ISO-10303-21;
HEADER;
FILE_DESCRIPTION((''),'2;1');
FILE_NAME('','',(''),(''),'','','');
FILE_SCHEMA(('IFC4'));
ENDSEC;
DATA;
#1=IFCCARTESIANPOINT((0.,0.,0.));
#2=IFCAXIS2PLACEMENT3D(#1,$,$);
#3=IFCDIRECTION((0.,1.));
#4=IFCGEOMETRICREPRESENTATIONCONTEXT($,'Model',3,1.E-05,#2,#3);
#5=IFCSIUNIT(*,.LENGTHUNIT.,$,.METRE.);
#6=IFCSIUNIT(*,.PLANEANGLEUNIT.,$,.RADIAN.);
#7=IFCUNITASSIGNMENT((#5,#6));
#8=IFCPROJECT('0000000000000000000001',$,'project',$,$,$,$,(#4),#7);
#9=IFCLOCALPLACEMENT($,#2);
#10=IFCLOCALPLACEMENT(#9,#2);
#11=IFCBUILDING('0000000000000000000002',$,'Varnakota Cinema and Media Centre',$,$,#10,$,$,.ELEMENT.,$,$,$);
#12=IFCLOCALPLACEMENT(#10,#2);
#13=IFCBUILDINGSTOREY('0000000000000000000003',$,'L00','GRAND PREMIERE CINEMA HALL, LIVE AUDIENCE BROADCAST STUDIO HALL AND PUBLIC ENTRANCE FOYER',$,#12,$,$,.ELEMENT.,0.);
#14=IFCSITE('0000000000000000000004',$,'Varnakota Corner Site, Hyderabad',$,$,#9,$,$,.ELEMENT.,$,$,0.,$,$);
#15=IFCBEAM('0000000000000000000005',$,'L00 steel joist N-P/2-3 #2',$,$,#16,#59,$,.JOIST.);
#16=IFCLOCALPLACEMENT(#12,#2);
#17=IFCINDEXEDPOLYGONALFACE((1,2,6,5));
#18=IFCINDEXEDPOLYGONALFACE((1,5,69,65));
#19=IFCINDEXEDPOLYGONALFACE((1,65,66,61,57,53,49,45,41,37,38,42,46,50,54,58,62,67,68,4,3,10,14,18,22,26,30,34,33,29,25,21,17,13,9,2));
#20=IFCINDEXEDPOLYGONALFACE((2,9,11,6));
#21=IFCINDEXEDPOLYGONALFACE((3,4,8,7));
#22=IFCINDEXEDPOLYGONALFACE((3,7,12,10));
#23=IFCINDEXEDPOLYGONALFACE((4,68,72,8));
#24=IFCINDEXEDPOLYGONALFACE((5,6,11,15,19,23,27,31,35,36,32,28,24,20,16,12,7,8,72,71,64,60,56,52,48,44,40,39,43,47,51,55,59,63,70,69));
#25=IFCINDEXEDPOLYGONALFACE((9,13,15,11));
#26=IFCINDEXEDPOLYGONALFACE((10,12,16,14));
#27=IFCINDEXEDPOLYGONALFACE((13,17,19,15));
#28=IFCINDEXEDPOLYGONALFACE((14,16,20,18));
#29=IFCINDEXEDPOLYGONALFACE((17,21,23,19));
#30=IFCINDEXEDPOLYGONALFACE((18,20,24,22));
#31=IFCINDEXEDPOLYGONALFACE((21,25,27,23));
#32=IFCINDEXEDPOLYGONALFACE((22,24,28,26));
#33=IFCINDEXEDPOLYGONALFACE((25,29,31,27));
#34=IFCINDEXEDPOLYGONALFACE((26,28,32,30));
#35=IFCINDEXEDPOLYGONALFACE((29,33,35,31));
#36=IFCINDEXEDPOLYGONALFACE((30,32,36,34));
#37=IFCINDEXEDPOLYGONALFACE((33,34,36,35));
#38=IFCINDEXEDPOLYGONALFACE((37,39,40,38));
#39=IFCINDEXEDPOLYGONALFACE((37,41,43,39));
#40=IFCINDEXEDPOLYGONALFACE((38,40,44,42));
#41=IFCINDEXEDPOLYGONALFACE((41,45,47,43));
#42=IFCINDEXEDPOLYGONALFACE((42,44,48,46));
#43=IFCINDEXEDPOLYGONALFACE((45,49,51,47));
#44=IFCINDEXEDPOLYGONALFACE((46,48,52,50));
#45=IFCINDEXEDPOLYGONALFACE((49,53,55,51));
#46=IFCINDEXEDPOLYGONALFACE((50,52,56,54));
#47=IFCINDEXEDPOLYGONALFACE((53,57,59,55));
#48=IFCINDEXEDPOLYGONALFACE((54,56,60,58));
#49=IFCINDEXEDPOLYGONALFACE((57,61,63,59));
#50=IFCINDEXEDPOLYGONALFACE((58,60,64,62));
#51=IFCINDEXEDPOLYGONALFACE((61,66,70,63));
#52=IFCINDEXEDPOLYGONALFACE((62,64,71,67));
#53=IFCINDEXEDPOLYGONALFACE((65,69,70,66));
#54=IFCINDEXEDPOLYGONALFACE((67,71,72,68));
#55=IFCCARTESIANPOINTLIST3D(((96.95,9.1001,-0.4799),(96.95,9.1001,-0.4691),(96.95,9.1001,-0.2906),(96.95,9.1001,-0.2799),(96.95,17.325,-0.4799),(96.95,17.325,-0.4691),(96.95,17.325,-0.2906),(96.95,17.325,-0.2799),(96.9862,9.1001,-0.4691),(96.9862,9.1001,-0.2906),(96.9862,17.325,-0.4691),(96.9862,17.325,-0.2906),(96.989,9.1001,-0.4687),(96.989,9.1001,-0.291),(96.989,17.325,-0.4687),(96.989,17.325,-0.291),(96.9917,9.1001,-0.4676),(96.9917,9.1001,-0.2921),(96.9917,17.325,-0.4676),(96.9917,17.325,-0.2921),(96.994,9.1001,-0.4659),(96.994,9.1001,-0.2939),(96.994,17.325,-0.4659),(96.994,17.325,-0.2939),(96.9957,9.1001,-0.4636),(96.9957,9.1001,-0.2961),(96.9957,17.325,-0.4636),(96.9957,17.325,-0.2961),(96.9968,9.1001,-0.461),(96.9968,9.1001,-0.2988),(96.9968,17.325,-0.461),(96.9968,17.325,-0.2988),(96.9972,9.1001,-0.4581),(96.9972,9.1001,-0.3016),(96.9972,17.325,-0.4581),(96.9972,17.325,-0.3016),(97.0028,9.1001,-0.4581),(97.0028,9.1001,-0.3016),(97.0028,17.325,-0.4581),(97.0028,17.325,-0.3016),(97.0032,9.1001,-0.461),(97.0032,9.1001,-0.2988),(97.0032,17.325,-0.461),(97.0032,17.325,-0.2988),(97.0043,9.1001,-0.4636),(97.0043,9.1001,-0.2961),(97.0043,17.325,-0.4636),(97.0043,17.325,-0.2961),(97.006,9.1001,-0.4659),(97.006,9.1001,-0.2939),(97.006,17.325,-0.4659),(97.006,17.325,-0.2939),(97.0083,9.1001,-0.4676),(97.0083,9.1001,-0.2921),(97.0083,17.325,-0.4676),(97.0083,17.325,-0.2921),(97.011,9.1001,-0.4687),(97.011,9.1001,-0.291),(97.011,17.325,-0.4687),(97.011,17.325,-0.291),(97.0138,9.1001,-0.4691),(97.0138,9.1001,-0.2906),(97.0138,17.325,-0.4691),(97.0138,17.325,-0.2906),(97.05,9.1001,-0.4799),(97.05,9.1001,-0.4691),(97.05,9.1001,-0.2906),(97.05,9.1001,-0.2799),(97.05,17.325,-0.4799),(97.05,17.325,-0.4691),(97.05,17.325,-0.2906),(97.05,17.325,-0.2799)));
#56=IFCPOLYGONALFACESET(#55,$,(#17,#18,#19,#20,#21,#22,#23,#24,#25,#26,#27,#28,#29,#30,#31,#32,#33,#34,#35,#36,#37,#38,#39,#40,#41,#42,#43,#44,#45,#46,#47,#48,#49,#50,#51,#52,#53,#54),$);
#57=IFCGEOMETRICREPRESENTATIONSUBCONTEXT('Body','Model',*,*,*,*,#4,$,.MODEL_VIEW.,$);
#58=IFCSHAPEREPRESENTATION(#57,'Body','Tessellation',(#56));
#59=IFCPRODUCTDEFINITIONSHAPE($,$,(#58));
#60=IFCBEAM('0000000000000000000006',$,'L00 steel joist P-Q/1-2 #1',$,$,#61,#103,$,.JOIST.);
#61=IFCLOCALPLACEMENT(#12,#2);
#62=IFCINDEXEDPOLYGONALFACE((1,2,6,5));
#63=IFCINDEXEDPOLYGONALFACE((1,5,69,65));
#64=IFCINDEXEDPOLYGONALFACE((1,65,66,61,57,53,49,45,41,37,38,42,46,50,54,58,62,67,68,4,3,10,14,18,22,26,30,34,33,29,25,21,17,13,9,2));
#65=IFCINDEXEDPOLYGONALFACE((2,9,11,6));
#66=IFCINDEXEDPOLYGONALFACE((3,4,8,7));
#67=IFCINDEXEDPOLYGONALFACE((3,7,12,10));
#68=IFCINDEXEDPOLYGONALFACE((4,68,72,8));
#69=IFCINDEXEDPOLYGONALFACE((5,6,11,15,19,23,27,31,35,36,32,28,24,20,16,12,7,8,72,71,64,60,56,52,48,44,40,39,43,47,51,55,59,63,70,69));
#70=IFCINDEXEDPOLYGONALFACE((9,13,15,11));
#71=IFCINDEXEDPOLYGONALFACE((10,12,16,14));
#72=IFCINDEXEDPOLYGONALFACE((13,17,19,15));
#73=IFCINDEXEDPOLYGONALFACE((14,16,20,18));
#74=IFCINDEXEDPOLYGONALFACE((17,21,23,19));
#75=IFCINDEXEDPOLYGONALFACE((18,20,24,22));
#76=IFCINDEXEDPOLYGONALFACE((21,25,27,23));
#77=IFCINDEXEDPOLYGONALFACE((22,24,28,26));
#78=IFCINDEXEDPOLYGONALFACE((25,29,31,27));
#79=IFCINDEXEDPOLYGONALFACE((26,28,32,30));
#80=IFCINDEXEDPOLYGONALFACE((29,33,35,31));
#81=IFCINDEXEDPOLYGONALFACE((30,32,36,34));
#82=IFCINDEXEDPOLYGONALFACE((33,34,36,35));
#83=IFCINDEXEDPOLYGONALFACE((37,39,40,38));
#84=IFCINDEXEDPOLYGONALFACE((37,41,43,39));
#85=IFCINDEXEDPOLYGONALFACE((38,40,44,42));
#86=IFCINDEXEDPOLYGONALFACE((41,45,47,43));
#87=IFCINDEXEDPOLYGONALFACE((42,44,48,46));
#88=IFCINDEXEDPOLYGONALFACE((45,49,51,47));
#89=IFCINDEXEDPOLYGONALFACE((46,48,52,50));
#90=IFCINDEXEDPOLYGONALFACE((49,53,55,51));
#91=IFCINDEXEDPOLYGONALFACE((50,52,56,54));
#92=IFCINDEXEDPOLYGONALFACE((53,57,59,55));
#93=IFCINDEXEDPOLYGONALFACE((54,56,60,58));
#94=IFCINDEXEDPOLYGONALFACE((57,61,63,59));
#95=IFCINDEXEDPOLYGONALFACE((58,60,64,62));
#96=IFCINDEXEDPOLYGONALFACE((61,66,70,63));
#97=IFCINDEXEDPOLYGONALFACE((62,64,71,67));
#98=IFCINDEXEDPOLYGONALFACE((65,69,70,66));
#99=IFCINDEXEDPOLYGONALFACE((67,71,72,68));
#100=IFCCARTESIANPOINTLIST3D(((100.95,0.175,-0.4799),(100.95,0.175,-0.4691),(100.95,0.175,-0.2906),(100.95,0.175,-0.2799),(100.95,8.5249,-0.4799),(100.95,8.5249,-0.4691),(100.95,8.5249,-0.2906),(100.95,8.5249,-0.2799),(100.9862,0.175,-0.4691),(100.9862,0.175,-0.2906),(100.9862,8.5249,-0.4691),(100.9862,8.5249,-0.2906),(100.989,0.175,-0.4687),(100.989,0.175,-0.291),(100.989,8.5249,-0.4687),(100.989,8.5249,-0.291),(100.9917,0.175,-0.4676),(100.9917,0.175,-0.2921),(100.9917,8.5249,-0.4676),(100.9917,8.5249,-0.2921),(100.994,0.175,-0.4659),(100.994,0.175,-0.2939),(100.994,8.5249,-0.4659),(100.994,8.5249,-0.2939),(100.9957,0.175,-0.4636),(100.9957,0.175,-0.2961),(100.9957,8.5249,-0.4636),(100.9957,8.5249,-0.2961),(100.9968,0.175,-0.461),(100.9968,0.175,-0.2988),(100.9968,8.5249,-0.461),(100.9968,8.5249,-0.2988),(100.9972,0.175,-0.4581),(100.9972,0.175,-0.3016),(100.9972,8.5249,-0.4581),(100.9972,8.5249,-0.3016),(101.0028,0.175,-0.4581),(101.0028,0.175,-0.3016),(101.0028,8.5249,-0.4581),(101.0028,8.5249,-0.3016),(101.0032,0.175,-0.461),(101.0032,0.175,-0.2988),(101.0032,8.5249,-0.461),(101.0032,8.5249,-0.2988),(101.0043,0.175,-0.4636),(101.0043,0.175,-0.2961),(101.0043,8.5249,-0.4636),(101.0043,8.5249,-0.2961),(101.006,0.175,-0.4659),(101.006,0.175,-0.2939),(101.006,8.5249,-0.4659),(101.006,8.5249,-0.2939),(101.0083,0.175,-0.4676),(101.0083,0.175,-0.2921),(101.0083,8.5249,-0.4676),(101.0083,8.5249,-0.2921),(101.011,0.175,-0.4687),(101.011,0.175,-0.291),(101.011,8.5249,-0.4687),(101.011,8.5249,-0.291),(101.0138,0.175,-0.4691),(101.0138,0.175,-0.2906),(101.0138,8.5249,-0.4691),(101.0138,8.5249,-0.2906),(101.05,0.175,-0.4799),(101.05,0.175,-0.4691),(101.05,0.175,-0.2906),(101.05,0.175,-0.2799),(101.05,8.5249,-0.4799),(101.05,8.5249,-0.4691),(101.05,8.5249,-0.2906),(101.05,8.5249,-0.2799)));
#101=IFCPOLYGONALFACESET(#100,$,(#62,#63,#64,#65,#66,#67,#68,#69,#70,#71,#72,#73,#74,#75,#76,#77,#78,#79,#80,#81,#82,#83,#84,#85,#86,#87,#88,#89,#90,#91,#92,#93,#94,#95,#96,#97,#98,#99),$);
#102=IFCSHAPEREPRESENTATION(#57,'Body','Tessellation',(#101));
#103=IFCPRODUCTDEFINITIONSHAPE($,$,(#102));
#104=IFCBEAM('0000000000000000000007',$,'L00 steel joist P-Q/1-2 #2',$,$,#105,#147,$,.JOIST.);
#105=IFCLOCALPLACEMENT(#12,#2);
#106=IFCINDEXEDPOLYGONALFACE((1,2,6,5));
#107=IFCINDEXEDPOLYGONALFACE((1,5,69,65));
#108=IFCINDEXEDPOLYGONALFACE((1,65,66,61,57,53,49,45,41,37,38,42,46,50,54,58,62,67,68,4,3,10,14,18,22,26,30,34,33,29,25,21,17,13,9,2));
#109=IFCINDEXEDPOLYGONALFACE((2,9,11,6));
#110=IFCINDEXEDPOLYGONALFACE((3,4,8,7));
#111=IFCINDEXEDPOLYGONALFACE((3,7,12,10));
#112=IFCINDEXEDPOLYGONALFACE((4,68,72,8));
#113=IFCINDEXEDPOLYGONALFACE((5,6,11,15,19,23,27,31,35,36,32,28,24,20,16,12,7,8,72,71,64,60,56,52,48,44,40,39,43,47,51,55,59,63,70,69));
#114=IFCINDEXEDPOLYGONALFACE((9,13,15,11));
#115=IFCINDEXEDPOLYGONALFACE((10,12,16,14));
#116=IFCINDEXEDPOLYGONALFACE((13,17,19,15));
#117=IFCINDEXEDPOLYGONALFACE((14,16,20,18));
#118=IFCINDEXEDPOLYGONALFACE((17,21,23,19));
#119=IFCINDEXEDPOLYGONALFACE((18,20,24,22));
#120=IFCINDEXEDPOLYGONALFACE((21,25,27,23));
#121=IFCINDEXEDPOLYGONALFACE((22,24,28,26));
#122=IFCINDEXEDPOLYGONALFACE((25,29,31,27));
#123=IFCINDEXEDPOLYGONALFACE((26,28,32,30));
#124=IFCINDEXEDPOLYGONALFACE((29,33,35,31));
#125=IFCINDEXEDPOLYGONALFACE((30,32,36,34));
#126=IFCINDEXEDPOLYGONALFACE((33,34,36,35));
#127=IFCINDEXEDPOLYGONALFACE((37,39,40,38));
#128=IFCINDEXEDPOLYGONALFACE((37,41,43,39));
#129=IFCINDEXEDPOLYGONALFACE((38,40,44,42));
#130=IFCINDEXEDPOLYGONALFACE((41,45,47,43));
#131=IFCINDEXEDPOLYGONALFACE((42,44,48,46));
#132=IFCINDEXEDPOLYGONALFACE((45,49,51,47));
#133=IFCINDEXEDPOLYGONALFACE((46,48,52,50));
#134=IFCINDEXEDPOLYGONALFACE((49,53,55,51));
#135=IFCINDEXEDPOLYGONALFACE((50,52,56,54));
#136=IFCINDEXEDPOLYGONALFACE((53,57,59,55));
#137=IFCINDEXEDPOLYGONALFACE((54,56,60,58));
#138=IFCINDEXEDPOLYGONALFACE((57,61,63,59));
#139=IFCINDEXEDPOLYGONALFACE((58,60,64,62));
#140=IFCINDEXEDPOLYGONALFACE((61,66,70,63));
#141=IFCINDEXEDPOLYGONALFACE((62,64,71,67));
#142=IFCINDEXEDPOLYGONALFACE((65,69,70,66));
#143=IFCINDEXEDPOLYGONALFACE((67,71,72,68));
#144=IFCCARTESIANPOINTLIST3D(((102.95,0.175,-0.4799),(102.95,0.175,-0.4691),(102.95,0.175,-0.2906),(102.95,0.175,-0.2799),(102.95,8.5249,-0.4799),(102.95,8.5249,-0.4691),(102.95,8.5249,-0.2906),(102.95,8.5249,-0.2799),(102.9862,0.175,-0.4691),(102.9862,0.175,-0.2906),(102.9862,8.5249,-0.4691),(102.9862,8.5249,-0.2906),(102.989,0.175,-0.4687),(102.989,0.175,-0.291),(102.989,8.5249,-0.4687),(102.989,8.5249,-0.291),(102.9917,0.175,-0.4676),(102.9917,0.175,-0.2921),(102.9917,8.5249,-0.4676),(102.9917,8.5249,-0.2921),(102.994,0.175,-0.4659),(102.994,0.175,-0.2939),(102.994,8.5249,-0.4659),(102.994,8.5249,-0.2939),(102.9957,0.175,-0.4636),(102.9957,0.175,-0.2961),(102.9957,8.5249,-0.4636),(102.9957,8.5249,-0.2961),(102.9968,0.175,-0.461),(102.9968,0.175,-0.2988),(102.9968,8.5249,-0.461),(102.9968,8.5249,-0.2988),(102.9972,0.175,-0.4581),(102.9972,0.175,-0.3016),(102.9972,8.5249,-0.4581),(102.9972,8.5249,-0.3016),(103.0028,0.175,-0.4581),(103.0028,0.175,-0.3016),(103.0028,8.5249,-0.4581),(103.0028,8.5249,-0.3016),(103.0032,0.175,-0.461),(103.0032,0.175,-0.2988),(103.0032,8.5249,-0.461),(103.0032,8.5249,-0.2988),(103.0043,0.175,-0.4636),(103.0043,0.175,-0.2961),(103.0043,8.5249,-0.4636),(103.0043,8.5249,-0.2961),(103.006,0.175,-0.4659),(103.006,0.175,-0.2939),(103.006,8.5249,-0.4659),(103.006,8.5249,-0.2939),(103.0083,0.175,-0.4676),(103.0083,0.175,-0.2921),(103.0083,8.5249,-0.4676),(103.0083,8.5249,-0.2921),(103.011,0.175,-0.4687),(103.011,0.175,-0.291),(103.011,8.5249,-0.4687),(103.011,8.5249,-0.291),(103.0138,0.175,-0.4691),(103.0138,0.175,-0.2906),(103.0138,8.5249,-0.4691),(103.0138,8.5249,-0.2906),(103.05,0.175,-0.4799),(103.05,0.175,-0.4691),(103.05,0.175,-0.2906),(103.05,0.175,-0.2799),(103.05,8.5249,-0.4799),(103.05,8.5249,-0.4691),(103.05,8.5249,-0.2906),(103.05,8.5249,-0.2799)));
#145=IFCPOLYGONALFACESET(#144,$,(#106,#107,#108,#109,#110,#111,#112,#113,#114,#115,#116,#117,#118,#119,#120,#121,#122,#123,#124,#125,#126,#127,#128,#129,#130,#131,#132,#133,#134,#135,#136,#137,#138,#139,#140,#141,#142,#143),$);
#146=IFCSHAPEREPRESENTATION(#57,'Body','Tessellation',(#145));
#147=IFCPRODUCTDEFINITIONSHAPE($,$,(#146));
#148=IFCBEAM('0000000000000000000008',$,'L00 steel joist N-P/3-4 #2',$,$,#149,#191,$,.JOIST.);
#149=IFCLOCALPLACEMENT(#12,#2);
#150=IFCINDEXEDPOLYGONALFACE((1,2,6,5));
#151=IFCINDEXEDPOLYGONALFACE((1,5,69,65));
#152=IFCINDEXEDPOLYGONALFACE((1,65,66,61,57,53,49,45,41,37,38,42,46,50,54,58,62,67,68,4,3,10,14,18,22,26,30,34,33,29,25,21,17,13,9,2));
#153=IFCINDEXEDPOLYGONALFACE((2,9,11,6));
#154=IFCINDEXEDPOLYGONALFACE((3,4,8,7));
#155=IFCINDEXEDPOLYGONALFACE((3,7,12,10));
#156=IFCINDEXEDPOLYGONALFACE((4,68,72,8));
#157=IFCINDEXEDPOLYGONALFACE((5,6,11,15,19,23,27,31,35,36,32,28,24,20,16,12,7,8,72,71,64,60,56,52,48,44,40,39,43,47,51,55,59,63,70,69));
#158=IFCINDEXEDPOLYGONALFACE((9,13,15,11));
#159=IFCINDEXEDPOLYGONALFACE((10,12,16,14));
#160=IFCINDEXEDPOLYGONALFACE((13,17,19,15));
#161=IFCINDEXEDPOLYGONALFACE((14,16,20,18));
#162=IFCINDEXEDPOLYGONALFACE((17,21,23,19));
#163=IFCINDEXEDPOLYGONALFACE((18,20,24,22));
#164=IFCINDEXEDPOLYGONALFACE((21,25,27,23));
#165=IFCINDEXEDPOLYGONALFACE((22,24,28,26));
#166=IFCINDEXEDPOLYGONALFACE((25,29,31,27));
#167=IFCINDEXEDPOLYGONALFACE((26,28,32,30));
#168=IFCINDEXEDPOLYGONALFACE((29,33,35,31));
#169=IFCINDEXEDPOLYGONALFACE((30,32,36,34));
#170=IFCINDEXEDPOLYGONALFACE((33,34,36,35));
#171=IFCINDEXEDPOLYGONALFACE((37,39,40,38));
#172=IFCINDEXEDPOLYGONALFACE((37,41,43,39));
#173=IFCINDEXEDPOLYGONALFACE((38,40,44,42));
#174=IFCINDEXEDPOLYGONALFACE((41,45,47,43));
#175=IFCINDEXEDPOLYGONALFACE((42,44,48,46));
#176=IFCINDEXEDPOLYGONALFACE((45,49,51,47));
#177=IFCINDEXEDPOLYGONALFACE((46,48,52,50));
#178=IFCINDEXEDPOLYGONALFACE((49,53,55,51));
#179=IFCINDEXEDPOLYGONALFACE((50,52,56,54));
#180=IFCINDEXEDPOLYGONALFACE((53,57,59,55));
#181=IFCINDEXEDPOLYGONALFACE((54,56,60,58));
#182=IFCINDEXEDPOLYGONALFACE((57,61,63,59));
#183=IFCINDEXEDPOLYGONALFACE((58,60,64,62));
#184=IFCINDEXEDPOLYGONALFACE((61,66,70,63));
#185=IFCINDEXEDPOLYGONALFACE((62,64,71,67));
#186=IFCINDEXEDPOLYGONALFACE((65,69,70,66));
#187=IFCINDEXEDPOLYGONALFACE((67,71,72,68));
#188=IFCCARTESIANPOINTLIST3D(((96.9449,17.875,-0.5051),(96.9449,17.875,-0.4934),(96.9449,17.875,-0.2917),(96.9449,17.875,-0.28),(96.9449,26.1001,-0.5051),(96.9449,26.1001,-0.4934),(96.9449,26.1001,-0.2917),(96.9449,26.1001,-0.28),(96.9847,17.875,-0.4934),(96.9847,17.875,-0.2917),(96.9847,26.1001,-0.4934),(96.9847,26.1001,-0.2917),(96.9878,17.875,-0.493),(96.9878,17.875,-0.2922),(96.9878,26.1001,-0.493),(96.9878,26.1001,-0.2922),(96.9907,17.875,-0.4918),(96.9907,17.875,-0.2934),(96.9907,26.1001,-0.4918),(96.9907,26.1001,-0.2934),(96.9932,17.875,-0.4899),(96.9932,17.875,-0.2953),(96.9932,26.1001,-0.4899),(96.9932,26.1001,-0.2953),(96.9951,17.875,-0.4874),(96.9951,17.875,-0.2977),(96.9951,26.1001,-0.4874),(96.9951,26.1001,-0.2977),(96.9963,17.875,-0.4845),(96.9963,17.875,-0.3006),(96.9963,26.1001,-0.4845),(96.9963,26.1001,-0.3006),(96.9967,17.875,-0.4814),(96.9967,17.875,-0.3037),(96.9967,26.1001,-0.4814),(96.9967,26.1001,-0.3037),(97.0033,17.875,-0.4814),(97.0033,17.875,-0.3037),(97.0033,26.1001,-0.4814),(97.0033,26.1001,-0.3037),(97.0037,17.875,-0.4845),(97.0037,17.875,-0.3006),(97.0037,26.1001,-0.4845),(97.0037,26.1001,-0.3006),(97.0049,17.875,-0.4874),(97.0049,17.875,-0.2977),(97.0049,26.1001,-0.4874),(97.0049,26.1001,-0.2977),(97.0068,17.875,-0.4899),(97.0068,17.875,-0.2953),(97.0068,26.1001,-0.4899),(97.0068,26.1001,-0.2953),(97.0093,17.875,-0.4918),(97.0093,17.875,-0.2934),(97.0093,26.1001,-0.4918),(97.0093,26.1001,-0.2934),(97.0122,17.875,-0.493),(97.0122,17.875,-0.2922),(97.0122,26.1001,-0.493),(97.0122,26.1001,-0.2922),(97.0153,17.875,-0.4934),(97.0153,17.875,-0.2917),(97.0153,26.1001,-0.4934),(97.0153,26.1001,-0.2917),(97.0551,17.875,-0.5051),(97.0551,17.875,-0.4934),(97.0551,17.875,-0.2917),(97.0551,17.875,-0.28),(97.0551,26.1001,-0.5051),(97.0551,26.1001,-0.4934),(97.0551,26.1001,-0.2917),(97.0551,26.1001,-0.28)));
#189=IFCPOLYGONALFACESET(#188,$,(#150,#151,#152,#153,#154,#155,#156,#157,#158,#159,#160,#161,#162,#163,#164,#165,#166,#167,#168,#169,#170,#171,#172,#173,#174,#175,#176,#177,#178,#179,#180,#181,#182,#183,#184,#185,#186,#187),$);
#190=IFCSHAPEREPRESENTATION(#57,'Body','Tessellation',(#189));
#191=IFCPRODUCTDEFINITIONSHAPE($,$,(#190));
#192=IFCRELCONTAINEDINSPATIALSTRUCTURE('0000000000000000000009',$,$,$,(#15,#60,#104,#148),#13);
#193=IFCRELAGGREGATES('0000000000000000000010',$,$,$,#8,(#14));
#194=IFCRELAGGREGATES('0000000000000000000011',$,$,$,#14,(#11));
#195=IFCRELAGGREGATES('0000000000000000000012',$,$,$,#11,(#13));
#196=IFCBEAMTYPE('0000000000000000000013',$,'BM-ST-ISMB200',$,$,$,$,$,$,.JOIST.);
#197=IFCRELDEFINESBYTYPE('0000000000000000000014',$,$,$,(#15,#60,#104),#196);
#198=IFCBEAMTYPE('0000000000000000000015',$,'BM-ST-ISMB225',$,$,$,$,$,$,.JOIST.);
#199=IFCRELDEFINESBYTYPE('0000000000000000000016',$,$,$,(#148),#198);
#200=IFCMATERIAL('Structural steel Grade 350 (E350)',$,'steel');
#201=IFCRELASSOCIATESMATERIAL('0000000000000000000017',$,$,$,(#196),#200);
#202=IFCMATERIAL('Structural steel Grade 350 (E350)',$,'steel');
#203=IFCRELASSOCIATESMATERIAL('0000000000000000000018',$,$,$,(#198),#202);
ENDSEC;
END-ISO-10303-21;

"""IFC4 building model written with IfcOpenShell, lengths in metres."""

from ifc_helpers import new_model, si_unit, direction, frame, origin, origin_2d, place, context, subcontext, project, spatial, i_section, extrude, material, material_profile, profile_set, type_object, element, save


model = new_model("IFC4")

# Units and contexts
model_context = context("Model", 3, precision=1e-05, world=origin(), true_north=direction((0.0, 1.0)))
body_context = subcontext(model_context, "Body", "Model", "MODEL_VIEW")
ifc_project = project(units=[si_unit("LENGTHUNIT", "METRE"), si_unit("PLANEANGLEUNIT", "RADIAN")], contexts=[model_context])

# Site, building, storey
site_placement = place(None, origin())
site = spatial("IfcSite", under=ifc_project, at=site_placement, Name="Varnakota Corner Site, Hyderabad", CompositionType="ELEMENT", RefElevation=0.0)
building_placement = place(site_placement, origin())
building = spatial("IfcBuilding", under=site, at=building_placement, Name="Varnakota Cinema and Media Centre", CompositionType="ELEMENT")
storey_placement = place(building_placement, origin())
storey = spatial("IfcBuildingStorey", under=building, at=storey_placement, Name="L00", Description="GRAND PREMIERE CINEMA HALL, LIVE AUDIENCE BROADCAST STUDIO HALL AND PUBLIC ENTRANCE FOYER", CompositionType="ELEMENT", Elevation=0.0)

# Beams
ifc_material_1 = material(Name="Structural steel Grade 350 (E350)", Category="steel")
ifc_material_profile_1 = material_profile(ifc_material_1, i_section(OverallWidth=0.1001, OverallDepth=0.2, WebThickness=0.0056, FlangeThickness=0.0107, FilletRadius=0.011, at=origin_2d()), Name="ISMB 200")
ifc_profile_set_1 = profile_set([ifc_material_profile_1], Name="Structural steel Grade 350 (E350)")
beam_type_1 = type_object("IfcBeamType", Name="BM-ST-ISMB200", PredefinedType="JOIST", material=ifc_profile_set_1)
beam_1_placement = place(storey_placement, frame((97.0, 9.1001, -0.3799), z_axis=(0.0, 1.0, 0.0), x_axis=(-1.0, 0.0, 0.0)))
element("IfcBeam", 1, at=beam_1_placement, inside=storey, type_object=beam_type_1, Name="L00 steel joist N-P/2-3 #2", PredefinedType="JOIST", context=body_context, shape_type="SweptSolid", body=[
    extrude(i_section(OverallWidth=0.1001, OverallDepth=0.2, WebThickness=0.0056, FlangeThickness=0.0107, FilletRadius=0.011, at=origin_2d()), origin(), (0.0, 0.0, 1.0), 8.2249),
])
for number, where, z_axis, x_axis, name in (
    (2, (101.0, 0.175, -0.3799), (0.0, 1.0, 0.0), (-1.0, 0.0, 0.0), "L00 steel joist P-Q/1-2 #1"),
    (3, (103.0, 0.175, -0.3799), (0.0, 1.0, 0.0), (-1.0, 0.0, 0.0), "L00 steel joist P-Q/1-2 #2"),
):
    element("IfcBeam", number, at=place(storey_placement, frame(where, z_axis=z_axis, x_axis=x_axis)), inside=storey, type_object=beam_type_1, Name=name, PredefinedType="JOIST", context=body_context, shape_type="SweptSolid", body=[
        extrude(i_section(OverallWidth=0.1001, OverallDepth=0.2, WebThickness=0.0056, FlangeThickness=0.0107, FilletRadius=0.011, at=origin_2d()), origin(), (0.0, 0.0, 1.0), 8.3499),
    ])
ifc_material_2 = material(Name="Structural steel Grade 350 (E350)", Category="steel")
ifc_material_profile_2 = material_profile(ifc_material_2, i_section(OverallWidth=0.1101, OverallDepth=0.2251, WebThickness=0.0066, FlangeThickness=0.0117, FilletRadius=0.012, at=origin_2d()), Name="ISMB 225")
ifc_profile_set_2 = profile_set([ifc_material_profile_2], Name="Structural steel Grade 350 (E350)")
beam_type_2 = type_object("IfcBeamType", Name="BM-ST-ISMB225", PredefinedType="JOIST", material=ifc_profile_set_2)
for number, where, z_axis, x_axis, name in (
    (4, (97.0, 17.875, -0.3926), (0.0, 1.0, 0.0), (-1.0, 0.0, 0.0), "L00 steel joist N-P/3-4 #2"),
):
    element("IfcBeam", number, at=place(storey_placement, frame(where, z_axis=z_axis, x_axis=x_axis)), inside=storey, type_object=beam_type_2, Name=name, PredefinedType="JOIST", context=body_context, shape_type="SweptSolid", body=[
        extrude(i_section(OverallWidth=0.1101, OverallDepth=0.2251, WebThickness=0.0066, FlangeThickness=0.0117, FilletRadius=0.012, at=origin_2d()), origin(), (0.0, 0.0, 1.0), 8.2251),
    ])

save(model, "model.ifc")
